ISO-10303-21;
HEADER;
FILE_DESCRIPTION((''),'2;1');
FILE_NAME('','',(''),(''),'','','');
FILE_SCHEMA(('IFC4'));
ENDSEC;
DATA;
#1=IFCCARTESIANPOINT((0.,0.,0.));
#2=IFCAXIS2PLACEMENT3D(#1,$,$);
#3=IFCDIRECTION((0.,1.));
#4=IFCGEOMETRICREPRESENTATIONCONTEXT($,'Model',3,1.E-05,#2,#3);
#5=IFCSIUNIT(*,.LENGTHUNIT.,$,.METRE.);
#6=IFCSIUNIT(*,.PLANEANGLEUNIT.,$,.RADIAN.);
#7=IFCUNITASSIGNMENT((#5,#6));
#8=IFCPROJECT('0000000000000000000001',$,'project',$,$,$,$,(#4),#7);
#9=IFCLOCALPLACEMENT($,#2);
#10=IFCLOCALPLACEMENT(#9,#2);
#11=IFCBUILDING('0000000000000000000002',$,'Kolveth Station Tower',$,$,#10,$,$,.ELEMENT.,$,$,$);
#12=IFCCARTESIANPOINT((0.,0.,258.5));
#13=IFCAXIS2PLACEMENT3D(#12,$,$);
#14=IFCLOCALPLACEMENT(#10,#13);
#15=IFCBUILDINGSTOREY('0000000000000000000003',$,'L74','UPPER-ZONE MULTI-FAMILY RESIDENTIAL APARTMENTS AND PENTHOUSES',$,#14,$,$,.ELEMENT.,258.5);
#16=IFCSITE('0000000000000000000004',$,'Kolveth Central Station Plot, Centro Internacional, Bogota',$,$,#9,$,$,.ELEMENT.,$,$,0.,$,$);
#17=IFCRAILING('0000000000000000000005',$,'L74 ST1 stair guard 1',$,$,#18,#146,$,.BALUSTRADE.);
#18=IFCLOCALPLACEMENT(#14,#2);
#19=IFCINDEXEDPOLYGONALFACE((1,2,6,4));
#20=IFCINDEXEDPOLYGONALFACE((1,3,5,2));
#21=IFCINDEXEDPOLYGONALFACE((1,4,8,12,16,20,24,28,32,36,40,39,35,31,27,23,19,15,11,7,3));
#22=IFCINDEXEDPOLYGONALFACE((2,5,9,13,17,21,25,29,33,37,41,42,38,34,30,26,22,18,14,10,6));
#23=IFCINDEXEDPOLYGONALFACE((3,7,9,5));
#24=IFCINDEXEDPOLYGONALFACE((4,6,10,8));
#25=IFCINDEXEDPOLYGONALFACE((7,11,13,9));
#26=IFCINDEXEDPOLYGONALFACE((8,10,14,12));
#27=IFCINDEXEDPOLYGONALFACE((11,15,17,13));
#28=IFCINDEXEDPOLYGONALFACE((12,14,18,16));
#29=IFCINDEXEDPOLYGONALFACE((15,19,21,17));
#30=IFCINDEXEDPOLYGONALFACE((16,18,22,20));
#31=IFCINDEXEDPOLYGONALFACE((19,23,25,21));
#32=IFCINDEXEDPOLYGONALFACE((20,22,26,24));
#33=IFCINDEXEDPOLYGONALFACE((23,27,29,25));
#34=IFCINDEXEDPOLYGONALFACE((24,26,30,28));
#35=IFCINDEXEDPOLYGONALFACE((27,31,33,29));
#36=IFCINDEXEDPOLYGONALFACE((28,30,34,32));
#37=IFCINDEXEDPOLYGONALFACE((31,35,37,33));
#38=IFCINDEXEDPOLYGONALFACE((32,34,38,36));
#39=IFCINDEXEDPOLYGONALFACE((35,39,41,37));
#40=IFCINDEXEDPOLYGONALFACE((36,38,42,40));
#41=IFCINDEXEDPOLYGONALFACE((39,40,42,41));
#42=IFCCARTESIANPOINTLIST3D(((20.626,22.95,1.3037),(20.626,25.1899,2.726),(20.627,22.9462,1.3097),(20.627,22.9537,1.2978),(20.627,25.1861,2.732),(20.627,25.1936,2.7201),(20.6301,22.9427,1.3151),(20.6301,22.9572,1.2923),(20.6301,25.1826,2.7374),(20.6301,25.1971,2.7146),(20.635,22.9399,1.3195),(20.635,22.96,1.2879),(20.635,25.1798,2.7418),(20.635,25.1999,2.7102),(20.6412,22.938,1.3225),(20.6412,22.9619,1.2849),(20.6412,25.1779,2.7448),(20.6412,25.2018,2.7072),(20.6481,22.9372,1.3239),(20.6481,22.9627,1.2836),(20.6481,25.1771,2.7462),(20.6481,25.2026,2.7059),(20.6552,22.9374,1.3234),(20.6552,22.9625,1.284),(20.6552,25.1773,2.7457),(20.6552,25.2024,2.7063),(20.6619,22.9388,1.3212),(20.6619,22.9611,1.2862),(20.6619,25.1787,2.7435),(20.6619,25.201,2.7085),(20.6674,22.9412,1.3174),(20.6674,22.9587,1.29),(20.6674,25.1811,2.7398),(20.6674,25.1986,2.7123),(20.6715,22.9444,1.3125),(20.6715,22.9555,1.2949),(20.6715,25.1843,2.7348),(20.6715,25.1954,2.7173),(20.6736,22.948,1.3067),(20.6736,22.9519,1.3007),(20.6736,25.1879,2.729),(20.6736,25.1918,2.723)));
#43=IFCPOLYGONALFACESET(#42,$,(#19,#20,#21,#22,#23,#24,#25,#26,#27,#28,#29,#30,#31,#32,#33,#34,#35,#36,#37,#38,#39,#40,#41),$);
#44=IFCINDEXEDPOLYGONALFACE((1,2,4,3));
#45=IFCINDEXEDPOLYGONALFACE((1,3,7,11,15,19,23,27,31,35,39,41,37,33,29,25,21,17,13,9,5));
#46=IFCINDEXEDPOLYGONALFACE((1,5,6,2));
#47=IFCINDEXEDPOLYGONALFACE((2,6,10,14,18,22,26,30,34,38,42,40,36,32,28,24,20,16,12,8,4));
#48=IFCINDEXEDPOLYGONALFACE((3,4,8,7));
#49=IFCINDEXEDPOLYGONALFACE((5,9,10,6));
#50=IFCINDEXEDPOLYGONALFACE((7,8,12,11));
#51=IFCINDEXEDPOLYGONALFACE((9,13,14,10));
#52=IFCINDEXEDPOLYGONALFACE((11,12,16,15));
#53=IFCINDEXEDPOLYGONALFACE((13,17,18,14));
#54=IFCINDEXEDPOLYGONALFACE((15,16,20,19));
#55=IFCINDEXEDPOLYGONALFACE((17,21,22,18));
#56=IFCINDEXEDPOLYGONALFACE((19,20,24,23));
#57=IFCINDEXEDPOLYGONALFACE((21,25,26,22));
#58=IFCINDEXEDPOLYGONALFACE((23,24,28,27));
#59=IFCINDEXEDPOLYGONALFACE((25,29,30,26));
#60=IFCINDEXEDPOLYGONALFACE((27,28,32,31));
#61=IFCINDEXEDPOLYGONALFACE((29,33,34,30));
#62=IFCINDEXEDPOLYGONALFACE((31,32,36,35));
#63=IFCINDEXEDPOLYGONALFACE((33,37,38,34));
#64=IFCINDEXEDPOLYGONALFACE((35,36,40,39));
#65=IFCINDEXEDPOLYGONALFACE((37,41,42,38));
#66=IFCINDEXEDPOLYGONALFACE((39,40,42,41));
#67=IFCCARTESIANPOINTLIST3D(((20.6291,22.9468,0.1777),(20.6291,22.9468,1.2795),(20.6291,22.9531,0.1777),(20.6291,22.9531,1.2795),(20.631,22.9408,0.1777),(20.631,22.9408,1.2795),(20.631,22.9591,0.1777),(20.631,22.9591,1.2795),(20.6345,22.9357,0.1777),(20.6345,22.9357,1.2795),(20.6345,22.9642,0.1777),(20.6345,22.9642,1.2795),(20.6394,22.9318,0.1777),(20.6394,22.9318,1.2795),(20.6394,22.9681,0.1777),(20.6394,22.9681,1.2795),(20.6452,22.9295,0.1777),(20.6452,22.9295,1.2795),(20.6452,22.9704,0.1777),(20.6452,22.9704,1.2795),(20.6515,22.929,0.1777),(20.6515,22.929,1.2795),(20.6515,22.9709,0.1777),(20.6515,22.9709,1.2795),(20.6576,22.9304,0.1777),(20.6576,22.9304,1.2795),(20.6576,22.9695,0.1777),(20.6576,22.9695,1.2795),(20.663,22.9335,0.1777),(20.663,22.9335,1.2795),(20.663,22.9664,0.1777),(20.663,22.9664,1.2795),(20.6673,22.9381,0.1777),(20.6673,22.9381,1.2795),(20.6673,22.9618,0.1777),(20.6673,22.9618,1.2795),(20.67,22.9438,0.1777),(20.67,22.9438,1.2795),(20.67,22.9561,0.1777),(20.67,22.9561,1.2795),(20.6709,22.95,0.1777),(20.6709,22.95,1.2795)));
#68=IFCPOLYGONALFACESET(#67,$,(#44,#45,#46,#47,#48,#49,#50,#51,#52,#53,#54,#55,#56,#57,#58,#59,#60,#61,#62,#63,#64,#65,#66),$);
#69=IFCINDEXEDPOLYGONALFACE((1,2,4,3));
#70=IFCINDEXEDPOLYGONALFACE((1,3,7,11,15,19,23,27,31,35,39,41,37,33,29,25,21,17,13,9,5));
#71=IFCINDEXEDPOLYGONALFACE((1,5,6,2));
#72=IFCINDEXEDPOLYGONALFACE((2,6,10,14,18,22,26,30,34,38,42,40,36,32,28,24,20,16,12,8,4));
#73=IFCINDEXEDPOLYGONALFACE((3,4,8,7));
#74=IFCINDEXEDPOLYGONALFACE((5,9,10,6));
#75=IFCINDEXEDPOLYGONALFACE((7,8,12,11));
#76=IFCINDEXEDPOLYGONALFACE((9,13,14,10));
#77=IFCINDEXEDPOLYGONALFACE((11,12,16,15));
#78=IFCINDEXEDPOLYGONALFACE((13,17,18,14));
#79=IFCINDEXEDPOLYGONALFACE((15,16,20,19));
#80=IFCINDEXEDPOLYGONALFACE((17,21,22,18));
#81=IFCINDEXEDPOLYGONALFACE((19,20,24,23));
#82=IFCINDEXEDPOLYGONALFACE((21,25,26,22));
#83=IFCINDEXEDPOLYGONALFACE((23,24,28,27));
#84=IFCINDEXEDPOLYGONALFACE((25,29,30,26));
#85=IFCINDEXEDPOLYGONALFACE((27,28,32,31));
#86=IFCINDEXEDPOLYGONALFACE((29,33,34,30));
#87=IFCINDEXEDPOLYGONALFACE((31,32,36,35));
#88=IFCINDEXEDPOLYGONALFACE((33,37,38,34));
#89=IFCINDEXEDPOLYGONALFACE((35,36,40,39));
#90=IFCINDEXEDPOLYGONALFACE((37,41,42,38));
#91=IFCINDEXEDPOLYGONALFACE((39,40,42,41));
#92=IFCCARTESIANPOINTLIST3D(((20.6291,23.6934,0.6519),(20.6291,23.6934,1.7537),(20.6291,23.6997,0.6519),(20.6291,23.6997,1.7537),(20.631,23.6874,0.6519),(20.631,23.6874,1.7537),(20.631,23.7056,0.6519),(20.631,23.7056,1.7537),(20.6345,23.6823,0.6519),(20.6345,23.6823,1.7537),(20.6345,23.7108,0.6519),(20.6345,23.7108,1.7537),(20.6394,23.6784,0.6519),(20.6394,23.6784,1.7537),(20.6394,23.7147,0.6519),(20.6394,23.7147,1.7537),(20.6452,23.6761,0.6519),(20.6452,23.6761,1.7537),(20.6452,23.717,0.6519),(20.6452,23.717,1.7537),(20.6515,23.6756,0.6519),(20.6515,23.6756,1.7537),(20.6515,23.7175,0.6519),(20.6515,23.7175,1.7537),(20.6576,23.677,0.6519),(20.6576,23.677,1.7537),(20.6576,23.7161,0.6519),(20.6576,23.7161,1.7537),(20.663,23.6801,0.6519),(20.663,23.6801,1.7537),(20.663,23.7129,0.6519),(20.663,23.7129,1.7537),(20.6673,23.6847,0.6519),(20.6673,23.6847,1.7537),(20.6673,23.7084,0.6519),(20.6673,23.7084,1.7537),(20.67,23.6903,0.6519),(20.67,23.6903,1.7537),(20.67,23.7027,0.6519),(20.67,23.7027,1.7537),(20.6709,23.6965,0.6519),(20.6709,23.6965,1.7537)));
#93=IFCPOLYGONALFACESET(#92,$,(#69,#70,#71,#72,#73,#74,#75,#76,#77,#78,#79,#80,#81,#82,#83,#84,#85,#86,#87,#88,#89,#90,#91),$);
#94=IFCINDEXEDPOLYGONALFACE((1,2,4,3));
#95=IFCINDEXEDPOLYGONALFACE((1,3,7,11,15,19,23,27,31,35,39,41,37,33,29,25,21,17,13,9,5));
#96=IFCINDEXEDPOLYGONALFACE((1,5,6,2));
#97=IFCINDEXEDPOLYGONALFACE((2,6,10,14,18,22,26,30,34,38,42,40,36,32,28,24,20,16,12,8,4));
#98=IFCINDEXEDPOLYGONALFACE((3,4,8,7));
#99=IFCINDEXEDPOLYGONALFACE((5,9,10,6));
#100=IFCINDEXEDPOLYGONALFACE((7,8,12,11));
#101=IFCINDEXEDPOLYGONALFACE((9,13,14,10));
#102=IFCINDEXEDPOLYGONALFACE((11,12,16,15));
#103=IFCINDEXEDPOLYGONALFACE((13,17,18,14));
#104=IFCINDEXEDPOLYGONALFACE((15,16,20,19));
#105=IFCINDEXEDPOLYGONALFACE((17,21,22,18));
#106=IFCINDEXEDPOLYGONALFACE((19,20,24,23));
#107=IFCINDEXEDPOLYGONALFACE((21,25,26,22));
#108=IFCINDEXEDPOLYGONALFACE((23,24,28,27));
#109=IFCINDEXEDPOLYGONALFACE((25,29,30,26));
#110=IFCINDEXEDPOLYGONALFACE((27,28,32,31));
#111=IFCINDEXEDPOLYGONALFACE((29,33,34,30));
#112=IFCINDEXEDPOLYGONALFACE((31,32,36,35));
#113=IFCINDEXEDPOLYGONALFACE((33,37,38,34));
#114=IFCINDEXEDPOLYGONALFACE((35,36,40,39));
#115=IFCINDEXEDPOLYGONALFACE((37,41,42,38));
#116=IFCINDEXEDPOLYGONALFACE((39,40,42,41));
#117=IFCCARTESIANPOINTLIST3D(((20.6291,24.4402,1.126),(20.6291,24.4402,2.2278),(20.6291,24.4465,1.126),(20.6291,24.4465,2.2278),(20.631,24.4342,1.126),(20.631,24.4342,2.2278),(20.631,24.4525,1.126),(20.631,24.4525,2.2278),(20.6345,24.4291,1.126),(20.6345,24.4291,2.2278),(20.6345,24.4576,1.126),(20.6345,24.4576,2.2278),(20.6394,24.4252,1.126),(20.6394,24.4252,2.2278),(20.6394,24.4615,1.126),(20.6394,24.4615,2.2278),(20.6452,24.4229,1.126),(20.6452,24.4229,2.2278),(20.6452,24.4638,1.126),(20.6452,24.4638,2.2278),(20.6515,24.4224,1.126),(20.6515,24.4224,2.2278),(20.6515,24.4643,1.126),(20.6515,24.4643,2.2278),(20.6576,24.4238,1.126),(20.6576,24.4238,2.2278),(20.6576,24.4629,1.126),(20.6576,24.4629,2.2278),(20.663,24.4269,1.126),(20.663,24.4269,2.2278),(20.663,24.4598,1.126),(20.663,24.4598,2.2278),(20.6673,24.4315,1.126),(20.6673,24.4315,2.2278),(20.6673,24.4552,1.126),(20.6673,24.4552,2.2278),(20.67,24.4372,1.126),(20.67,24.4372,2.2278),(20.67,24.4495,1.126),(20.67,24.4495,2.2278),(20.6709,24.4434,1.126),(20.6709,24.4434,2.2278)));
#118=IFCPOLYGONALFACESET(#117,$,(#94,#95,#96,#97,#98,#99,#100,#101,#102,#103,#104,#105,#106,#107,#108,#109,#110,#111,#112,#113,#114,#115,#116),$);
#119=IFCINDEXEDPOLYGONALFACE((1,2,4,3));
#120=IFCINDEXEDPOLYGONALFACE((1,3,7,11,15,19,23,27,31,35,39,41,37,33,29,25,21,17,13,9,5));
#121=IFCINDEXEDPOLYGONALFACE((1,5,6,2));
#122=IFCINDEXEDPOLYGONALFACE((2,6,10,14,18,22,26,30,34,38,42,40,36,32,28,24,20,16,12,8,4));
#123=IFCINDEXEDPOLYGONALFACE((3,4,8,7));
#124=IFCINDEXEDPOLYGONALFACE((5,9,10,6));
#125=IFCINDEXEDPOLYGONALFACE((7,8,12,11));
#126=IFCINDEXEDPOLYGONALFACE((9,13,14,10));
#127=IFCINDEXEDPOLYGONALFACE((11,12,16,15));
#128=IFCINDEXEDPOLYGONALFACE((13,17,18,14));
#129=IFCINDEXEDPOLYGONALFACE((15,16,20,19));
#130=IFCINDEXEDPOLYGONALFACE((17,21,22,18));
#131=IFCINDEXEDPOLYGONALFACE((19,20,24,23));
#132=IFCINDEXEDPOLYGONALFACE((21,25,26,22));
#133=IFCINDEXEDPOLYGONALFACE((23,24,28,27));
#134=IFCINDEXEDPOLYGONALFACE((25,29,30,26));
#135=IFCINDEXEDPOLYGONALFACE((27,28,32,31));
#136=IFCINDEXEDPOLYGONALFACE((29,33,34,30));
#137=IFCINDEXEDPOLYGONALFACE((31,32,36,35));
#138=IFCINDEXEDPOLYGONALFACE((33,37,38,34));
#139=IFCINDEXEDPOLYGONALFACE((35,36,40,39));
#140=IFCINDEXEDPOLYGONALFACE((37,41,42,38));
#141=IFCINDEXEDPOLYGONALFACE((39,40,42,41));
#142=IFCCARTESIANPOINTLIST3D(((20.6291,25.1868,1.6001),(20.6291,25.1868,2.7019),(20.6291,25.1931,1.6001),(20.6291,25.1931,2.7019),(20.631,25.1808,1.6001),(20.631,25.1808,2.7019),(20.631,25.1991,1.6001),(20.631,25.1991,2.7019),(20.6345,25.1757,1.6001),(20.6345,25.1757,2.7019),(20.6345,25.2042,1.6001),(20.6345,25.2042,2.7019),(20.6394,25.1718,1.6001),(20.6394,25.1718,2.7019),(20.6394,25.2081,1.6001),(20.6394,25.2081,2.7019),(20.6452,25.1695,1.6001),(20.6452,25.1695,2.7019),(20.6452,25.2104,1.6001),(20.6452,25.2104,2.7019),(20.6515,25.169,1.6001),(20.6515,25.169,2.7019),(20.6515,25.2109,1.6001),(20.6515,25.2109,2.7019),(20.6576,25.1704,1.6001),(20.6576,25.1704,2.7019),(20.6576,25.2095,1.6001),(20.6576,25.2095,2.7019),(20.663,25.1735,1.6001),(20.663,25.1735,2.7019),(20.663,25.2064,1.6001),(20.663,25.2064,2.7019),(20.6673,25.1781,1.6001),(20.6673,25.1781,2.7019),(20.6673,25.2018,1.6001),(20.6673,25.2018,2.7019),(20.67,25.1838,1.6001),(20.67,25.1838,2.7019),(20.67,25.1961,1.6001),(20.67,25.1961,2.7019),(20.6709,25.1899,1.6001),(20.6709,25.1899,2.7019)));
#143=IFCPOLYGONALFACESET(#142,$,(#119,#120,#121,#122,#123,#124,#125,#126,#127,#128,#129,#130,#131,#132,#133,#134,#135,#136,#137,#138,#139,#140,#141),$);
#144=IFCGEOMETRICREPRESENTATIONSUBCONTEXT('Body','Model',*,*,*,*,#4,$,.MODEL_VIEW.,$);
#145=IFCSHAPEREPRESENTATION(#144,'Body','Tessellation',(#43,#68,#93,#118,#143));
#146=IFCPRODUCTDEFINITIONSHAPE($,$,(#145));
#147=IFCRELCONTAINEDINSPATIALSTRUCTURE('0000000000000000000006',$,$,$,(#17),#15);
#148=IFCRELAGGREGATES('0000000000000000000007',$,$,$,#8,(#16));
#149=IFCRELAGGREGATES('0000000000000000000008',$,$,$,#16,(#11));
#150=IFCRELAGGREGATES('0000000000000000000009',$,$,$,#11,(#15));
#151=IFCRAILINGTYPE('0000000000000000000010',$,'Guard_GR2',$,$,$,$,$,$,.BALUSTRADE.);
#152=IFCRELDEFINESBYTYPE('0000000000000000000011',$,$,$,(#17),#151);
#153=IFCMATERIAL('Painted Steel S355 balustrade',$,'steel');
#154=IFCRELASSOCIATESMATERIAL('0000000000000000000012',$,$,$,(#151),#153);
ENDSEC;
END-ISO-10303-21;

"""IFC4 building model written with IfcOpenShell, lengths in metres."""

from ifc_helpers import new_model, si_unit, direction, frame, origin, origin_2d, place, context, subcontext, project, spatial, circle, extrude, material, type_object, element, save


model = new_model("IFC4")

# Units and contexts
model_context = context("Model", 3, precision=1e-05, world=origin(), true_north=direction((0.0, 1.0)))
body_context = subcontext(model_context, "Body", "Model", "MODEL_VIEW")
ifc_project = project(units=[si_unit("LENGTHUNIT", "METRE"), si_unit("PLANEANGLEUNIT", "RADIAN")], contexts=[model_context])

# Site, building, storey
site_placement = place(None, origin())
site = spatial("IfcSite", under=ifc_project, at=site_placement, Name="Kolveth Central Station Plot, Centro Internacional, Bogota", CompositionType="ELEMENT", RefElevation=0.0)
building_placement = place(site_placement, origin())
building = spatial("IfcBuilding", under=site, at=building_placement, Name="Kolveth Station Tower", CompositionType="ELEMENT")
storey_placement = place(building_placement, frame((0.0, 0.0, 258.5)))
storey = spatial("IfcBuildingStorey", under=building, at=storey_placement, Name="L74", Description="UPPER-ZONE MULTI-FAMILY RESIDENTIAL APARTMENTS AND PENTHOUSES", CompositionType="ELEMENT", Elevation=258.5)

# Railing
ifc_material_1 = material(Name="Painted Steel S355 balustrade", Category="steel")
railing_type_1 = type_object("IfcRailingType", Name="Guard_GR2", PredefinedType="BALUSTRADE", material=ifc_material_1)
railing_1_placement = place(storey_placement, frame((20.6499, 22.95, 0.1777)))
element("IfcRailing", 1, at=railing_1_placement, inside=storey, type_object=railing_type_1, Name="L74 ST1 stair guard 1", PredefinedType="BALUSTRADE", context=body_context, shape_type="SweptSolid", body=[
    extrude(circle(Radius=0.0239, at=origin_2d()), frame((0.0, 0.0, 1.126), z_axis=(0.0, 0.844188, 0.536048), x_axis=(-1.0, 0.0, 0.0)), (0.0, 0.0, 1.0), 2.6533),
    extrude(circle(Radius=0.021, at=origin_2d()), origin(), (0.0, 0.0, 1.0), 1.1018),
    extrude(circle(Radius=0.021, at=origin_2d()), frame((0.0, 0.7466, 0.4741)), (0.0, 0.0, 1.0), 1.1018),
    extrude(circle(Radius=0.021, at=origin_2d()), frame((0.0, 1.4934, 0.9482)), (0.0, 0.0, 1.0), 1.1018),
    extrude(circle(Radius=0.021, at=origin_2d()), frame((0.0, 2.24, 1.4224)), (0.0, 0.0, 1.0), 1.1018),
])

save(model, "model.ifc")
